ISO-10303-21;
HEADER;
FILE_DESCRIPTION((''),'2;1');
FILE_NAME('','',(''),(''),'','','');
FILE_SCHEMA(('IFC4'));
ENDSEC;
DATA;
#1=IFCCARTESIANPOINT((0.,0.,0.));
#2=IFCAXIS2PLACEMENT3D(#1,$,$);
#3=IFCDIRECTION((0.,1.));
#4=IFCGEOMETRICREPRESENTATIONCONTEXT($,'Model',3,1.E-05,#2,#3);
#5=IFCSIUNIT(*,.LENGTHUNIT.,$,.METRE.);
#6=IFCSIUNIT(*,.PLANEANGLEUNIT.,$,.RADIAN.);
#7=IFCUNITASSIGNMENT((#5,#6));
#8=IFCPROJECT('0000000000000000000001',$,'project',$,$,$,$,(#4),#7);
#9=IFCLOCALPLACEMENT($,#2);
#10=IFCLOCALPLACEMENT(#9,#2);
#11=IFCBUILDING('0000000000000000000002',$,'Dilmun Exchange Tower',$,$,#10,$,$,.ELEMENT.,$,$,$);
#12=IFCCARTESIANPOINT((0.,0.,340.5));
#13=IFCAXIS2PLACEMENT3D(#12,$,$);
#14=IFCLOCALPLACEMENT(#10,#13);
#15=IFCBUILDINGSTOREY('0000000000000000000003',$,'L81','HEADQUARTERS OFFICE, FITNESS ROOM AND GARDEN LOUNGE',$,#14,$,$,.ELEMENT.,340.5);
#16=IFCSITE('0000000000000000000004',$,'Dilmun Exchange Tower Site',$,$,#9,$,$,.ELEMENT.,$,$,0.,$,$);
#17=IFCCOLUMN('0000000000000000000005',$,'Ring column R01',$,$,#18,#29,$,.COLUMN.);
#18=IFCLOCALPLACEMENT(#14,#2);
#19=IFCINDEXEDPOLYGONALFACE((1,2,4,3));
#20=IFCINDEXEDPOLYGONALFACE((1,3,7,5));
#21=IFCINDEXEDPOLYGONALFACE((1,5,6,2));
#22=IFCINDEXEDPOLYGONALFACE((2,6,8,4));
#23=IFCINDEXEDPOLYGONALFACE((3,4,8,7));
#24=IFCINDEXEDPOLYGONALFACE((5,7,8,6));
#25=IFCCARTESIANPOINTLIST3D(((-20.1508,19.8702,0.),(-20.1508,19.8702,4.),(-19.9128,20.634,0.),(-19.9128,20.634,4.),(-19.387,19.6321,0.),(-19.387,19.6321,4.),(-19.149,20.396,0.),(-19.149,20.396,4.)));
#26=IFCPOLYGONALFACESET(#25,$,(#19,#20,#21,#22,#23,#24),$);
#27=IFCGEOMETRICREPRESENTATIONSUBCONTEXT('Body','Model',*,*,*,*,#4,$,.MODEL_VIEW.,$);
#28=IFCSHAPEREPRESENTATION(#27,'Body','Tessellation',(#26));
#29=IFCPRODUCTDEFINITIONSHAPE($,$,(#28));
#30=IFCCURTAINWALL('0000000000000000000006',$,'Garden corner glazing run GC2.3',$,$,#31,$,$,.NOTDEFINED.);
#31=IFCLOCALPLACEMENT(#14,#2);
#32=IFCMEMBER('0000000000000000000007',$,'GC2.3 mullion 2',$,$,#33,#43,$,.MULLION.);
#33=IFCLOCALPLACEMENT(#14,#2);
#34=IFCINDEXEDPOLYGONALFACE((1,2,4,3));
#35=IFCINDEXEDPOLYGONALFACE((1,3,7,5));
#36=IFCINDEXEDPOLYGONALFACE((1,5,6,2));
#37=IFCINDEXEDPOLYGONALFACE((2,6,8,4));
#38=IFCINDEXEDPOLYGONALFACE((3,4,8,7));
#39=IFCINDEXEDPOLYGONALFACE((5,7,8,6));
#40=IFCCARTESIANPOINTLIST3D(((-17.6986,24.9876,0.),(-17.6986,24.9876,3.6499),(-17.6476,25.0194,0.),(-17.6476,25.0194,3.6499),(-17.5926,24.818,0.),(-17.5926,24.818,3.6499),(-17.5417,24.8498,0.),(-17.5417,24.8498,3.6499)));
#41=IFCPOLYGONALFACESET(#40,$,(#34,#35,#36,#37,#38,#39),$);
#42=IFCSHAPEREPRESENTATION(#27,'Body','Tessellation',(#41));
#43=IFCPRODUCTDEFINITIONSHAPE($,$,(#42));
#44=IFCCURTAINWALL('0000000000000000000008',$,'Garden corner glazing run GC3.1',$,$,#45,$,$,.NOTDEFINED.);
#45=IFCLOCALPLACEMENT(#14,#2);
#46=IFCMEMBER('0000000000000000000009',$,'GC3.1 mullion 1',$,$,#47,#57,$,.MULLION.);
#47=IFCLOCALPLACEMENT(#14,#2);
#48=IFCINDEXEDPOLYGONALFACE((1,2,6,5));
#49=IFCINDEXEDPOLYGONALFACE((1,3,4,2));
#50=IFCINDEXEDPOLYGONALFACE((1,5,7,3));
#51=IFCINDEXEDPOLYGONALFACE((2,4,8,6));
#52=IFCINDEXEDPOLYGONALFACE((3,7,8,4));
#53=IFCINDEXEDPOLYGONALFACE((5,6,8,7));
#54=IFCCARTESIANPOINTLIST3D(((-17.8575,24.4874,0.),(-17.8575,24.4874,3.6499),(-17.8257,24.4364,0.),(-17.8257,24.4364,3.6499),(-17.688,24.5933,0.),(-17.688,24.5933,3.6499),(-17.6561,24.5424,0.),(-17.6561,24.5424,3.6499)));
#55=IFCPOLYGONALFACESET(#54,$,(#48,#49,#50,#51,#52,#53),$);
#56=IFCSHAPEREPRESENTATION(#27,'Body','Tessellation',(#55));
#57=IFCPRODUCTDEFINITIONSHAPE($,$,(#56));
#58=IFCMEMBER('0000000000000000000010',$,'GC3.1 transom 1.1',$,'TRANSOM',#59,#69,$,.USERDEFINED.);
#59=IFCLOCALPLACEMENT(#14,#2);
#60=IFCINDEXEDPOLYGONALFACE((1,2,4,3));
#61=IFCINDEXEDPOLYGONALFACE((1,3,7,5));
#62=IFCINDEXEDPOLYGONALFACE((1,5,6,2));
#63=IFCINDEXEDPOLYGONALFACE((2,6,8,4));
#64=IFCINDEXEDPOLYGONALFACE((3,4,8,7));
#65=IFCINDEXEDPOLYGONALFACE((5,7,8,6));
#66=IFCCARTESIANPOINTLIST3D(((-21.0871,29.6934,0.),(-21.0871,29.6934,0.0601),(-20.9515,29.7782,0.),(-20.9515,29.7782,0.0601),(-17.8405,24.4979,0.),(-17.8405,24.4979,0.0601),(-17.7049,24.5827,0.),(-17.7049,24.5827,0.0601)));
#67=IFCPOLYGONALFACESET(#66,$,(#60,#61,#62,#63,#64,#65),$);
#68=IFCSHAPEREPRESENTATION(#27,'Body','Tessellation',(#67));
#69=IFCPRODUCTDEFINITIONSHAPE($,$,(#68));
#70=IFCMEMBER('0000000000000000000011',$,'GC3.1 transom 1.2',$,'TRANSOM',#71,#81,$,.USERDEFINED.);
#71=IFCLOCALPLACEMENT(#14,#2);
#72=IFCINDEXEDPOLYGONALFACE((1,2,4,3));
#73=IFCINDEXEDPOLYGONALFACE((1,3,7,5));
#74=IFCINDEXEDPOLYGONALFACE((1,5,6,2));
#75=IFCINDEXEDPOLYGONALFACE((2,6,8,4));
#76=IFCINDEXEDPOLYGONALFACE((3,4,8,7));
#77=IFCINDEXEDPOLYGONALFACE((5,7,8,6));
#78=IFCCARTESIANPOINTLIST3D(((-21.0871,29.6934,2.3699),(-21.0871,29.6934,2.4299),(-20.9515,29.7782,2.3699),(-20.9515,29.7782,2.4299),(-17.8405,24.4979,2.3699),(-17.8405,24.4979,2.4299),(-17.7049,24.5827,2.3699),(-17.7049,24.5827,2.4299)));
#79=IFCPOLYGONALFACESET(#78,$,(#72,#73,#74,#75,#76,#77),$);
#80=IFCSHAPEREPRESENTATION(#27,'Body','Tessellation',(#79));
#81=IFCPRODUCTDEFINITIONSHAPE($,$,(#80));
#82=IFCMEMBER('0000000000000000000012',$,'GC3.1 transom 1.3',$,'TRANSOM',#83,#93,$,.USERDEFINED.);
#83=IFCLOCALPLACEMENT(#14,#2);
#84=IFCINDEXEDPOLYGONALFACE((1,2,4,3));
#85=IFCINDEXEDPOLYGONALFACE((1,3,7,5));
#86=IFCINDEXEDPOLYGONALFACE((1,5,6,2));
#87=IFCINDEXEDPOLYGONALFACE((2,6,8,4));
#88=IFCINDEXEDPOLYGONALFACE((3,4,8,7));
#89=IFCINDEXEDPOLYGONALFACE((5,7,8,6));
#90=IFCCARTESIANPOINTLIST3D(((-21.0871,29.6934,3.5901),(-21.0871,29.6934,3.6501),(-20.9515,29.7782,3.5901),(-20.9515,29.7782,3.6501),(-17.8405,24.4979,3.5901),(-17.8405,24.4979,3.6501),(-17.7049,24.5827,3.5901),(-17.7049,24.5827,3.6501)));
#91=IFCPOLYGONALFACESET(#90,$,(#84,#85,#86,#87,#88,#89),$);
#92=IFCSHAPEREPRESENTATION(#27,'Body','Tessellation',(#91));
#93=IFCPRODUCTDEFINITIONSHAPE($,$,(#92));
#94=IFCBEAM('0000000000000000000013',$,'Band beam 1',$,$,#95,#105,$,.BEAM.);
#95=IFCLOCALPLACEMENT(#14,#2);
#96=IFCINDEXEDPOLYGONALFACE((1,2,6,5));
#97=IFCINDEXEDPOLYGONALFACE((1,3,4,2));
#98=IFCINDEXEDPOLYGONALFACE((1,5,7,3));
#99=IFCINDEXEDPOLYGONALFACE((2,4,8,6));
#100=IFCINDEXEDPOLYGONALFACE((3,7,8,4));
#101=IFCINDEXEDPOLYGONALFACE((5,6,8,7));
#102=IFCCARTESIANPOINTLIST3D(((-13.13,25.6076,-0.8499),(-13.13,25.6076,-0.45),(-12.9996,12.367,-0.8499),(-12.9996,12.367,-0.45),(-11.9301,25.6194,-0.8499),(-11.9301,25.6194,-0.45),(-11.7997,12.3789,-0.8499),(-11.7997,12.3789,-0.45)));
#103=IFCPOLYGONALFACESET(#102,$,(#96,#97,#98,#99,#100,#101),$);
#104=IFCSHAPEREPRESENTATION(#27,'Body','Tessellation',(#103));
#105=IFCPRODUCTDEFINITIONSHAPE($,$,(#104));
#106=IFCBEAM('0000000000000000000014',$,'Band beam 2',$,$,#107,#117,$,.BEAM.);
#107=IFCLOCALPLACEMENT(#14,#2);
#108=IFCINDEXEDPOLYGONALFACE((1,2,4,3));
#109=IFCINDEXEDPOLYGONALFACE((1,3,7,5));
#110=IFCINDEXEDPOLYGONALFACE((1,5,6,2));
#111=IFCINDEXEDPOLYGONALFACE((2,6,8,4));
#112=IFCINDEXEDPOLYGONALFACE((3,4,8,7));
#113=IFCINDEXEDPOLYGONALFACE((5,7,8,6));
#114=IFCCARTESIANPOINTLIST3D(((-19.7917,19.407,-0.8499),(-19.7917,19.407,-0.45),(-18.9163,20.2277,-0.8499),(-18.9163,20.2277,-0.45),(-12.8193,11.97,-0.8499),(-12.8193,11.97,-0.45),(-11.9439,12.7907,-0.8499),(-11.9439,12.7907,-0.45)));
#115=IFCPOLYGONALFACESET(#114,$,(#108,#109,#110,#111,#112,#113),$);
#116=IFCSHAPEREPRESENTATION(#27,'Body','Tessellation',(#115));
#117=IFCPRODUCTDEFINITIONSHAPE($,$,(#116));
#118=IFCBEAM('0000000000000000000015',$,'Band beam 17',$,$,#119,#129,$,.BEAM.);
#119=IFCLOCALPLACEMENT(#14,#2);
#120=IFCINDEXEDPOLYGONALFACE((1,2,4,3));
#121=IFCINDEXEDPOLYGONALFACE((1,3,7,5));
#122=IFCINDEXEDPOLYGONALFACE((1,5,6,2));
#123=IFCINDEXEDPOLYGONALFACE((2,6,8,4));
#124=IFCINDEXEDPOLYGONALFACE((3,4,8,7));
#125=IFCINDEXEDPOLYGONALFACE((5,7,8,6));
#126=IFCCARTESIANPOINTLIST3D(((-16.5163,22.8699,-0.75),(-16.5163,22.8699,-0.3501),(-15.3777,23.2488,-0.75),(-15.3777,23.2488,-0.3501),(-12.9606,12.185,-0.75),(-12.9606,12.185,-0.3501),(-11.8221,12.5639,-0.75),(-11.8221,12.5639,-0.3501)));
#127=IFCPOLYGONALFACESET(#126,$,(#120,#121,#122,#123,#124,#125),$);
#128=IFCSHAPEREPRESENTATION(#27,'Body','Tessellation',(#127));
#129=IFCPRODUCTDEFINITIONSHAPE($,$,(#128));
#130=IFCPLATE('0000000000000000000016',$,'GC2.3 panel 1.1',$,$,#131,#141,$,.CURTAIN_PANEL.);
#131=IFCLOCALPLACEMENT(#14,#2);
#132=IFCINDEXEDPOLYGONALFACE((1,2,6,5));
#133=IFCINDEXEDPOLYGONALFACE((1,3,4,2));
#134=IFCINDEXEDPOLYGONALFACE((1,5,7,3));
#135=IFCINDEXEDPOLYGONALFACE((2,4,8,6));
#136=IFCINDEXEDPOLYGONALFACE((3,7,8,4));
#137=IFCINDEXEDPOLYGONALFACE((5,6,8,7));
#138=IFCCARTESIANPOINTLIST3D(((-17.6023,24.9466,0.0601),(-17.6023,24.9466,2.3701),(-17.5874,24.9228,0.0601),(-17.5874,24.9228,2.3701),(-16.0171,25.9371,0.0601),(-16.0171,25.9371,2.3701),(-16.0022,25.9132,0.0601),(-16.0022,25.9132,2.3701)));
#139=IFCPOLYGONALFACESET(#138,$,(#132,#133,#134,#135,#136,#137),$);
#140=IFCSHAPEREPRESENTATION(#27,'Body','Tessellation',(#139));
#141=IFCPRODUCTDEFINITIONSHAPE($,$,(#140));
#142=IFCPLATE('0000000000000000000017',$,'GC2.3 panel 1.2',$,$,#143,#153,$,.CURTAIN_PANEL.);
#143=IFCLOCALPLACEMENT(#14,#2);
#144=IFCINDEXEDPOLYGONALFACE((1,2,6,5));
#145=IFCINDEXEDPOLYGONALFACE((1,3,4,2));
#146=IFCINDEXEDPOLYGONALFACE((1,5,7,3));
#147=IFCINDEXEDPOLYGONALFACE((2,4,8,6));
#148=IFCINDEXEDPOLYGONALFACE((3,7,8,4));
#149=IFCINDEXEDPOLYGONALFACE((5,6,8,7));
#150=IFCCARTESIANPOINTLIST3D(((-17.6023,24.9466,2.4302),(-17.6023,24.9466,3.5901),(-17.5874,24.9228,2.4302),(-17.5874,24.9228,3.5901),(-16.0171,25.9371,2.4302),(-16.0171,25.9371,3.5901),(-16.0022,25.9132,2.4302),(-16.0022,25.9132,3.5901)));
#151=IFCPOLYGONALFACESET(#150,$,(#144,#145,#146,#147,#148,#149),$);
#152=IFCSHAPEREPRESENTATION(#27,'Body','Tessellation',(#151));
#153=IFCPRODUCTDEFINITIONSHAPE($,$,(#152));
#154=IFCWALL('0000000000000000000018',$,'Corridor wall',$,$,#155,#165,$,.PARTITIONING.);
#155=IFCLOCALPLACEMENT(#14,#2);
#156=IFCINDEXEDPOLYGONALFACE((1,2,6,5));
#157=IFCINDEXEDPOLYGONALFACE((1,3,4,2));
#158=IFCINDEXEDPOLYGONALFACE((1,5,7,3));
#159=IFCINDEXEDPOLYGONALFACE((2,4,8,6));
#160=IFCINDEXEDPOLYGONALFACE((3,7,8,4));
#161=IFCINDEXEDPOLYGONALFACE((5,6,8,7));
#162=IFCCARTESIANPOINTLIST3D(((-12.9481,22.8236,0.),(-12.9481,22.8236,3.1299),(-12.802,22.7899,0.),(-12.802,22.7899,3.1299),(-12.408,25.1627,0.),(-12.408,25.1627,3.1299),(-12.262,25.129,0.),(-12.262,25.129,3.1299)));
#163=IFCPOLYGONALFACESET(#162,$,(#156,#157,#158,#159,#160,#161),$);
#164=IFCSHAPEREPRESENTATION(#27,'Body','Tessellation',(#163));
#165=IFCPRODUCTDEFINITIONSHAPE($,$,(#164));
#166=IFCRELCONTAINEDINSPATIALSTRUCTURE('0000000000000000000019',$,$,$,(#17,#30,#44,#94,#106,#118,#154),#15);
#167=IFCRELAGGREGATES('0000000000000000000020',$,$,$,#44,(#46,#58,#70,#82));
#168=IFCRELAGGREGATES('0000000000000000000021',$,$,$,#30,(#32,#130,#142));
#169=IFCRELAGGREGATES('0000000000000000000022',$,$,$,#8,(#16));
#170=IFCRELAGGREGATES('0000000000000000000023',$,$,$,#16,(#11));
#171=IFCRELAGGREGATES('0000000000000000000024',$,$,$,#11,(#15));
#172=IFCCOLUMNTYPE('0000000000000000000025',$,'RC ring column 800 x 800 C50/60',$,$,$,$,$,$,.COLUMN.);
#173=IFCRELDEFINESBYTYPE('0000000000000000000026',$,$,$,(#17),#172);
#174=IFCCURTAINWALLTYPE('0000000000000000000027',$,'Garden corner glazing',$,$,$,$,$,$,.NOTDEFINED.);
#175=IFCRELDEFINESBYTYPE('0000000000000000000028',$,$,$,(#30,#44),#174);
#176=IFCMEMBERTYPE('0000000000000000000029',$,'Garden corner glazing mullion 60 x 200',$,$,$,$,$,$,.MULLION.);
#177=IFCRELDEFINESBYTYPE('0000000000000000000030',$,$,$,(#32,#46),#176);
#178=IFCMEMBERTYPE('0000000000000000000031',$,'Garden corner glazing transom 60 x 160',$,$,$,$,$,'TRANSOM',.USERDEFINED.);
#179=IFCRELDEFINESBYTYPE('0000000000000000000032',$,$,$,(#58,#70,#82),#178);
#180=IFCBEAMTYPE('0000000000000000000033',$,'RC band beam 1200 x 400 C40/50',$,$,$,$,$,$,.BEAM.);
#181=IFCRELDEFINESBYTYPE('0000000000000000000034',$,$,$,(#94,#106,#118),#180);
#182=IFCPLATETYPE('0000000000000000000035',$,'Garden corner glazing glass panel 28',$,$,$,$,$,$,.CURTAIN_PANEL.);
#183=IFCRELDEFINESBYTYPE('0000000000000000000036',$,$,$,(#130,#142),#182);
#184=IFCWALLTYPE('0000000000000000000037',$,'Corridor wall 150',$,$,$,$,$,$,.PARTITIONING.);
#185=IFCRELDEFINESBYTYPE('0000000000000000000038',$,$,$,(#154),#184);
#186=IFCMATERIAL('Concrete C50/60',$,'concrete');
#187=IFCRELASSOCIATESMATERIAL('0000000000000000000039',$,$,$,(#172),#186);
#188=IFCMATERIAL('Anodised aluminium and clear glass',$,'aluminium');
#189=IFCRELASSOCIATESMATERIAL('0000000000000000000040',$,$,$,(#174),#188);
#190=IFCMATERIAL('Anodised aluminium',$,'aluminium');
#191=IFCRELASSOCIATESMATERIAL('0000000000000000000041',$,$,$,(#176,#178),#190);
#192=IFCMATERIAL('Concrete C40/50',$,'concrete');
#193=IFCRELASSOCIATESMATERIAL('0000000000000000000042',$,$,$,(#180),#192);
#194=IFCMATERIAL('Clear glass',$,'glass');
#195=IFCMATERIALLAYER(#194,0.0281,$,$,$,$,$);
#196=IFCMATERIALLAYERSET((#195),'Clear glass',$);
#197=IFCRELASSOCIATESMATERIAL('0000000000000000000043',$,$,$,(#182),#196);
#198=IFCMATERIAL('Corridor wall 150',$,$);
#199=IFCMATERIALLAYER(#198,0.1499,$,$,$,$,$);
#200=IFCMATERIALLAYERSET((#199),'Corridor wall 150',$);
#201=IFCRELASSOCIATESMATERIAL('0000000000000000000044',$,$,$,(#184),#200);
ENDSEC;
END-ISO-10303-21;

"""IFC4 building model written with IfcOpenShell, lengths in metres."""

from ifc_helpers import new_model, si_unit, direction, frame, frame_2d, origin, origin_2d, place, context, subcontext, project, spatial, rectangle, extrude, material, layer, layer_set, material_profile, profile_set, type_object, element, aggregate, save


model = new_model("IFC4")

# Units and contexts
model_context = context("Model", 3, precision=1e-05, world=origin(), true_north=direction((0.0, 1.0)))
body_context = subcontext(model_context, "Body", "Model", "MODEL_VIEW")
ifc_project = project(units=[si_unit("LENGTHUNIT", "METRE"), si_unit("PLANEANGLEUNIT", "RADIAN")], contexts=[model_context])

# Site, building, storey
site_placement = place(None, origin())
site = spatial("IfcSite", under=ifc_project, at=site_placement, Name="Dilmun Exchange Tower Site", CompositionType="ELEMENT", RefElevation=0.0)
building_placement = place(site_placement, origin())
building = spatial("IfcBuilding", under=site, at=building_placement, Name="Dilmun Exchange Tower", CompositionType="ELEMENT")
storey_placement = place(building_placement, frame((0.0, 0.0, 340.5)))
storey = spatial("IfcBuildingStorey", under=building, at=storey_placement, Name="L81", Description="HEADQUARTERS OFFICE, FITNESS ROOM AND GARDEN LOUNGE", CompositionType="ELEMENT", Elevation=340.5)

# Column
ifc_material_1 = material(Name="Concrete C50/60", Category="concrete")
ifc_material_profile_1 = material_profile(ifc_material_1, rectangle(XDim=0.8, YDim=0.8, at=origin_2d()), Name="800 x 800")
ifc_profile_set_1 = profile_set([ifc_material_profile_1], Name="Concrete C50/60")
column_type = type_object("IfcColumnType", Name="RC ring column 800 x 800 C50/60", PredefinedType="COLUMN", material=ifc_profile_set_1)
column_placement = place(storey_placement, frame((-19.6499, 20.1331, 0.0), z_axis=(0.0, 0.0, 1.0), x_axis=(0.297503, 0.954721, 0.0)))
element("IfcColumn", 1, at=column_placement, inside=storey, type_object=column_type, Name="Ring column R01", PredefinedType="COLUMN", context=body_context, shape_type="SweptSolid", body=[
    extrude(rectangle(XDim=0.8, YDim=0.8, at=origin_2d()), origin(), (0.0, 0.0, 1.0), 4.0),
])

# Curtain wall, member
ifc_material_2 = material(Name="Anodised aluminium and clear glass", Category="aluminium")
curtain_wall_type = type_object("IfcCurtainWallType", Name="Garden corner glazing", PredefinedType="NOTDEFINED", material=ifc_material_2)
curtain_wall_1_placement = place(storey_placement, origin())
curtain_wall_1 = element("IfcCurtainWall", 2, at=curtain_wall_1_placement, inside=storey, type_object=curtain_wall_type, Name="Garden corner glazing run GC2.3", PredefinedType="NOTDEFINED")
ifc_material_3 = material(Name="Anodised aluminium", Category="aluminium")
ifc_material_profile_2 = material_profile(ifc_material_3, rectangle(XDim=0.2, YDim=0.0601, at=origin_2d()), Name="AL 60x200")
ifc_profile_set_2 = profile_set([ifc_material_profile_2], Name="Anodised aluminium")
member_type_1 = type_object("IfcMemberType", Name="Garden corner glazing mullion 60 x 200", PredefinedType="MULLION", material=ifc_profile_set_2)
member_1_placement = place(storey_placement, frame((-17.6201, 24.9187, 0.0), z_axis=(0.0, 0.0, 1.0), x_axis=(0.529886, -0.848069, 0.0)))
member_1 = element("IfcMember", 3, at=member_1_placement, type_object=member_type_1, Name="GC2.3 mullion 2", PredefinedType="MULLION", context=body_context, shape_type="SweptSolid", body=[
    extrude(rectangle(XDim=0.2, YDim=0.0601, at=origin_2d()), origin(), (0.0, 0.0, 1.0), 3.6499),
])

# Curtain wall, members
curtain_wall_2_placement = place(storey_placement, origin())
curtain_wall_2 = element("IfcCurtainWall", 4, at=curtain_wall_2_placement, inside=storey, type_object=curtain_wall_type, Name="Garden corner glazing run GC3.1", PredefinedType="NOTDEFINED")
member_2_placement = place(storey_placement, frame((-17.7568, 24.5149, 0.0), z_axis=(0.0, 0.0, 1.0), x_axis=(-0.84805, -0.529917, 0.0)))
member_2 = element("IfcMember", 5, at=member_2_placement, type_object=member_type_1, Name="GC3.1 mullion 1", PredefinedType="MULLION", context=body_context, shape_type="SweptSolid", body=[
    extrude(rectangle(XDim=0.2, YDim=0.0601, at=origin_2d()), origin(), (0.0, 0.0, 1.0), 3.6499),
])
ifc_material_profile_3 = material_profile(ifc_material_3, rectangle(XDim=0.1599, YDim=0.0601, at=origin_2d()), Name="AL 60x160")
ifc_profile_set_3 = profile_set([ifc_material_profile_3], Name="Anodised aluminium")
member_type_2 = type_object("IfcMemberType", Name="Garden corner glazing transom 60 x 160", ElementType="TRANSOM", PredefinedType="USERDEFINED", material=ifc_profile_set_3)
member_3_placement = place(storey_placement, frame((-17.7727, 24.5403, 0.03), z_axis=(-0.529924, 0.848045, 0.0), x_axis=(-0.848045, -0.529924, 0.0)))
member_3 = element("IfcMember", 6, at=member_3_placement, type_object=member_type_2, Name="GC3.1 transom 1.1", ObjectType="TRANSOM", PredefinedType="USERDEFINED", context=body_context, shape_type="SweptSolid", body=[
    extrude(rectangle(XDim=0.1599, YDim=0.0601, at=origin_2d()), origin(), (0.0, 0.0, 1.0), 6.1265),
])
member_4_placement = place(storey_placement, frame((-17.7727, 24.5403, 2.3999), z_axis=(-0.529924, 0.848045, 0.0), x_axis=(-0.848045, -0.529924, 0.0)))
member_4 = element("IfcMember", 7, at=member_4_placement, type_object=member_type_2, Name="GC3.1 transom 1.2", ObjectType="TRANSOM", PredefinedType="USERDEFINED", context=body_context, shape_type="SweptSolid", body=[
    extrude(rectangle(XDim=0.1599, YDim=0.0601, at=origin_2d()), origin(), (0.0, 0.0, 1.0), 6.1265),
])
member_5_placement = place(storey_placement, frame((-17.7727, 24.5403, 3.6201), z_axis=(-0.529924, 0.848045, 0.0), x_axis=(-0.848045, -0.529924, 0.0)))
member_5 = element("IfcMember", 8, at=member_5_placement, type_object=member_type_2, Name="GC3.1 transom 1.3", ObjectType="TRANSOM", PredefinedType="USERDEFINED", context=body_context, shape_type="SweptSolid", body=[
    extrude(rectangle(XDim=0.1599, YDim=0.0601, at=origin_2d()), origin(), (0.0, 0.0, 1.0), 6.1265),
])
aggregate(curtain_wall_2, [member_2, member_3, member_4, member_5])

# Beams
ifc_material_4 = material(Name="Concrete C40/50", Category="concrete")
ifc_material_profile_4 = material_profile(ifc_material_4, rectangle(XDim=1.2, YDim=0.3999, at=origin_2d()), Name="1200 x 400")
ifc_profile_set_4 = profile_set([ifc_material_profile_4], Name="Concrete C40/50")
beam_type = type_object("IfcBeamType", Name="RC band beam 1200 x 400 C40/50", PredefinedType="BEAM", material=ifc_profile_set_4)
beam_1_placement = place(storey_placement, frame((-12.53, 25.6135, -0.6499), z_axis=(0.009846, -0.999952, 0.0), x_axis=(0.999952, 0.009846, 0.0)))
element("IfcBeam", 9, at=beam_1_placement, inside=storey, type_object=beam_type, Name="Band beam 1", PredefinedType="BEAM", context=body_context, shape_type="SweptSolid", body=[
    extrude(rectangle(XDim=1.2, YDim=0.3999, at=origin_2d()), origin(), (0.0, 0.0, 1.0), 13.2412),
])
beam_2_placement = place(storey_placement, frame((-19.354, 19.8174, -0.6499), z_axis=(0.683952, -0.729527, 0.0), x_axis=(0.729527, 0.683952, 0.0)))
element("IfcBeam", 10, at=beam_2_placement, inside=storey, type_object=beam_type, Name="Band beam 2", PredefinedType="BEAM", context=body_context, shape_type="SweptSolid", body=[
    extrude(rectangle(XDim=1.2, YDim=0.3999, at=origin_2d()), origin(), (0.0, 0.0, 1.0), 10.1943),
])
beam_3_placement = place(storey_placement, frame((-15.947, 23.0593, -0.55), z_axis=(0.315753, -0.948841, 0.0), x_axis=(0.948841, 0.315753, 0.0)))
element("IfcBeam", 11, at=beam_3_placement, inside=storey, type_object=beam_type, Name="Band beam 17", PredefinedType="BEAM", context=body_context, shape_type="SweptSolid", body=[
    extrude(rectangle(XDim=1.2, YDim=0.3999, at=origin_2d()), origin(), (0.0, 0.0, 1.0), 11.261),
])

# Plates
ifc_material_5 = material(Name="Clear glass", Category="glass")
ifc_layer_1 = layer(ifc_material_5, 0.0281)
ifc_layer_set_1 = layer_set([ifc_layer_1], Name="Clear glass")
plate_type = type_object("IfcPlateType", Name="Garden corner glazing glass panel 28", PredefinedType="CURTAIN_PANEL", material=ifc_layer_set_1)
plate_1_placement = place(storey_placement, frame((-16.8022, 25.4299, 0.0601), z_axis=(0.0, 0.0, 1.0), x_axis=(-0.848069, -0.529886, 0.0)))
plate_1 = element("IfcPlate", 12, at=plate_1_placement, type_object=plate_type, Name="GC2.3 panel 1.1", PredefinedType="CURTAIN_PANEL", context=body_context, shape_type="SweptSolid", body=[
    extrude(rectangle(XDim=1.8691, YDim=0.0281, at=origin_2d()), origin(), (0.0, 0.0, 1.0), 2.3101),
])
plate_2_placement = place(storey_placement, frame((-16.8022, 25.4299, 2.4302), z_axis=(0.0, 0.0, 1.0), x_axis=(-0.848069, -0.529886, 0.0)))
plate_2 = element("IfcPlate", 13, at=plate_2_placement, type_object=plate_type, Name="GC2.3 panel 1.2", PredefinedType="CURTAIN_PANEL", context=body_context, shape_type="SweptSolid", body=[
    extrude(rectangle(XDim=1.8691, YDim=0.0281, at=origin_2d()), origin(), (0.0, 0.0, 1.0), 1.1599),
])
aggregate(curtain_wall_1, [member_1, plate_1, plate_2])

# Wall
ifc_material_6 = material(Name="Corridor wall 150")
ifc_layer_2 = layer(ifc_material_6, 0.1499)
ifc_layer_set_2 = layer_set([ifc_layer_2], Name="Corridor wall 150")
wall_type = type_object("IfcWallType", Name="Corridor wall 150", PredefinedType="PARTITIONING", material=ifc_layer_set_2)
wall_1_placement = place(storey_placement, frame((-12.875, 22.8069, 0.0), z_axis=(0.0, 0.0, 1.0), x_axis=(0.224956, 0.974369, 0.0)))
element("IfcWall", 14, at=wall_1_placement, inside=storey, type_object=wall_type, Name="Corridor wall", PredefinedType="PARTITIONING", context=body_context, shape_type="SweptSolid", body=[
    extrude(rectangle(XDim=2.4006, YDim=0.1499, at=frame_2d((1.2002, 0.0))), origin(), (0.0, 0.0, 1.0), 3.1299),
])

save(model, "model.ifc")
